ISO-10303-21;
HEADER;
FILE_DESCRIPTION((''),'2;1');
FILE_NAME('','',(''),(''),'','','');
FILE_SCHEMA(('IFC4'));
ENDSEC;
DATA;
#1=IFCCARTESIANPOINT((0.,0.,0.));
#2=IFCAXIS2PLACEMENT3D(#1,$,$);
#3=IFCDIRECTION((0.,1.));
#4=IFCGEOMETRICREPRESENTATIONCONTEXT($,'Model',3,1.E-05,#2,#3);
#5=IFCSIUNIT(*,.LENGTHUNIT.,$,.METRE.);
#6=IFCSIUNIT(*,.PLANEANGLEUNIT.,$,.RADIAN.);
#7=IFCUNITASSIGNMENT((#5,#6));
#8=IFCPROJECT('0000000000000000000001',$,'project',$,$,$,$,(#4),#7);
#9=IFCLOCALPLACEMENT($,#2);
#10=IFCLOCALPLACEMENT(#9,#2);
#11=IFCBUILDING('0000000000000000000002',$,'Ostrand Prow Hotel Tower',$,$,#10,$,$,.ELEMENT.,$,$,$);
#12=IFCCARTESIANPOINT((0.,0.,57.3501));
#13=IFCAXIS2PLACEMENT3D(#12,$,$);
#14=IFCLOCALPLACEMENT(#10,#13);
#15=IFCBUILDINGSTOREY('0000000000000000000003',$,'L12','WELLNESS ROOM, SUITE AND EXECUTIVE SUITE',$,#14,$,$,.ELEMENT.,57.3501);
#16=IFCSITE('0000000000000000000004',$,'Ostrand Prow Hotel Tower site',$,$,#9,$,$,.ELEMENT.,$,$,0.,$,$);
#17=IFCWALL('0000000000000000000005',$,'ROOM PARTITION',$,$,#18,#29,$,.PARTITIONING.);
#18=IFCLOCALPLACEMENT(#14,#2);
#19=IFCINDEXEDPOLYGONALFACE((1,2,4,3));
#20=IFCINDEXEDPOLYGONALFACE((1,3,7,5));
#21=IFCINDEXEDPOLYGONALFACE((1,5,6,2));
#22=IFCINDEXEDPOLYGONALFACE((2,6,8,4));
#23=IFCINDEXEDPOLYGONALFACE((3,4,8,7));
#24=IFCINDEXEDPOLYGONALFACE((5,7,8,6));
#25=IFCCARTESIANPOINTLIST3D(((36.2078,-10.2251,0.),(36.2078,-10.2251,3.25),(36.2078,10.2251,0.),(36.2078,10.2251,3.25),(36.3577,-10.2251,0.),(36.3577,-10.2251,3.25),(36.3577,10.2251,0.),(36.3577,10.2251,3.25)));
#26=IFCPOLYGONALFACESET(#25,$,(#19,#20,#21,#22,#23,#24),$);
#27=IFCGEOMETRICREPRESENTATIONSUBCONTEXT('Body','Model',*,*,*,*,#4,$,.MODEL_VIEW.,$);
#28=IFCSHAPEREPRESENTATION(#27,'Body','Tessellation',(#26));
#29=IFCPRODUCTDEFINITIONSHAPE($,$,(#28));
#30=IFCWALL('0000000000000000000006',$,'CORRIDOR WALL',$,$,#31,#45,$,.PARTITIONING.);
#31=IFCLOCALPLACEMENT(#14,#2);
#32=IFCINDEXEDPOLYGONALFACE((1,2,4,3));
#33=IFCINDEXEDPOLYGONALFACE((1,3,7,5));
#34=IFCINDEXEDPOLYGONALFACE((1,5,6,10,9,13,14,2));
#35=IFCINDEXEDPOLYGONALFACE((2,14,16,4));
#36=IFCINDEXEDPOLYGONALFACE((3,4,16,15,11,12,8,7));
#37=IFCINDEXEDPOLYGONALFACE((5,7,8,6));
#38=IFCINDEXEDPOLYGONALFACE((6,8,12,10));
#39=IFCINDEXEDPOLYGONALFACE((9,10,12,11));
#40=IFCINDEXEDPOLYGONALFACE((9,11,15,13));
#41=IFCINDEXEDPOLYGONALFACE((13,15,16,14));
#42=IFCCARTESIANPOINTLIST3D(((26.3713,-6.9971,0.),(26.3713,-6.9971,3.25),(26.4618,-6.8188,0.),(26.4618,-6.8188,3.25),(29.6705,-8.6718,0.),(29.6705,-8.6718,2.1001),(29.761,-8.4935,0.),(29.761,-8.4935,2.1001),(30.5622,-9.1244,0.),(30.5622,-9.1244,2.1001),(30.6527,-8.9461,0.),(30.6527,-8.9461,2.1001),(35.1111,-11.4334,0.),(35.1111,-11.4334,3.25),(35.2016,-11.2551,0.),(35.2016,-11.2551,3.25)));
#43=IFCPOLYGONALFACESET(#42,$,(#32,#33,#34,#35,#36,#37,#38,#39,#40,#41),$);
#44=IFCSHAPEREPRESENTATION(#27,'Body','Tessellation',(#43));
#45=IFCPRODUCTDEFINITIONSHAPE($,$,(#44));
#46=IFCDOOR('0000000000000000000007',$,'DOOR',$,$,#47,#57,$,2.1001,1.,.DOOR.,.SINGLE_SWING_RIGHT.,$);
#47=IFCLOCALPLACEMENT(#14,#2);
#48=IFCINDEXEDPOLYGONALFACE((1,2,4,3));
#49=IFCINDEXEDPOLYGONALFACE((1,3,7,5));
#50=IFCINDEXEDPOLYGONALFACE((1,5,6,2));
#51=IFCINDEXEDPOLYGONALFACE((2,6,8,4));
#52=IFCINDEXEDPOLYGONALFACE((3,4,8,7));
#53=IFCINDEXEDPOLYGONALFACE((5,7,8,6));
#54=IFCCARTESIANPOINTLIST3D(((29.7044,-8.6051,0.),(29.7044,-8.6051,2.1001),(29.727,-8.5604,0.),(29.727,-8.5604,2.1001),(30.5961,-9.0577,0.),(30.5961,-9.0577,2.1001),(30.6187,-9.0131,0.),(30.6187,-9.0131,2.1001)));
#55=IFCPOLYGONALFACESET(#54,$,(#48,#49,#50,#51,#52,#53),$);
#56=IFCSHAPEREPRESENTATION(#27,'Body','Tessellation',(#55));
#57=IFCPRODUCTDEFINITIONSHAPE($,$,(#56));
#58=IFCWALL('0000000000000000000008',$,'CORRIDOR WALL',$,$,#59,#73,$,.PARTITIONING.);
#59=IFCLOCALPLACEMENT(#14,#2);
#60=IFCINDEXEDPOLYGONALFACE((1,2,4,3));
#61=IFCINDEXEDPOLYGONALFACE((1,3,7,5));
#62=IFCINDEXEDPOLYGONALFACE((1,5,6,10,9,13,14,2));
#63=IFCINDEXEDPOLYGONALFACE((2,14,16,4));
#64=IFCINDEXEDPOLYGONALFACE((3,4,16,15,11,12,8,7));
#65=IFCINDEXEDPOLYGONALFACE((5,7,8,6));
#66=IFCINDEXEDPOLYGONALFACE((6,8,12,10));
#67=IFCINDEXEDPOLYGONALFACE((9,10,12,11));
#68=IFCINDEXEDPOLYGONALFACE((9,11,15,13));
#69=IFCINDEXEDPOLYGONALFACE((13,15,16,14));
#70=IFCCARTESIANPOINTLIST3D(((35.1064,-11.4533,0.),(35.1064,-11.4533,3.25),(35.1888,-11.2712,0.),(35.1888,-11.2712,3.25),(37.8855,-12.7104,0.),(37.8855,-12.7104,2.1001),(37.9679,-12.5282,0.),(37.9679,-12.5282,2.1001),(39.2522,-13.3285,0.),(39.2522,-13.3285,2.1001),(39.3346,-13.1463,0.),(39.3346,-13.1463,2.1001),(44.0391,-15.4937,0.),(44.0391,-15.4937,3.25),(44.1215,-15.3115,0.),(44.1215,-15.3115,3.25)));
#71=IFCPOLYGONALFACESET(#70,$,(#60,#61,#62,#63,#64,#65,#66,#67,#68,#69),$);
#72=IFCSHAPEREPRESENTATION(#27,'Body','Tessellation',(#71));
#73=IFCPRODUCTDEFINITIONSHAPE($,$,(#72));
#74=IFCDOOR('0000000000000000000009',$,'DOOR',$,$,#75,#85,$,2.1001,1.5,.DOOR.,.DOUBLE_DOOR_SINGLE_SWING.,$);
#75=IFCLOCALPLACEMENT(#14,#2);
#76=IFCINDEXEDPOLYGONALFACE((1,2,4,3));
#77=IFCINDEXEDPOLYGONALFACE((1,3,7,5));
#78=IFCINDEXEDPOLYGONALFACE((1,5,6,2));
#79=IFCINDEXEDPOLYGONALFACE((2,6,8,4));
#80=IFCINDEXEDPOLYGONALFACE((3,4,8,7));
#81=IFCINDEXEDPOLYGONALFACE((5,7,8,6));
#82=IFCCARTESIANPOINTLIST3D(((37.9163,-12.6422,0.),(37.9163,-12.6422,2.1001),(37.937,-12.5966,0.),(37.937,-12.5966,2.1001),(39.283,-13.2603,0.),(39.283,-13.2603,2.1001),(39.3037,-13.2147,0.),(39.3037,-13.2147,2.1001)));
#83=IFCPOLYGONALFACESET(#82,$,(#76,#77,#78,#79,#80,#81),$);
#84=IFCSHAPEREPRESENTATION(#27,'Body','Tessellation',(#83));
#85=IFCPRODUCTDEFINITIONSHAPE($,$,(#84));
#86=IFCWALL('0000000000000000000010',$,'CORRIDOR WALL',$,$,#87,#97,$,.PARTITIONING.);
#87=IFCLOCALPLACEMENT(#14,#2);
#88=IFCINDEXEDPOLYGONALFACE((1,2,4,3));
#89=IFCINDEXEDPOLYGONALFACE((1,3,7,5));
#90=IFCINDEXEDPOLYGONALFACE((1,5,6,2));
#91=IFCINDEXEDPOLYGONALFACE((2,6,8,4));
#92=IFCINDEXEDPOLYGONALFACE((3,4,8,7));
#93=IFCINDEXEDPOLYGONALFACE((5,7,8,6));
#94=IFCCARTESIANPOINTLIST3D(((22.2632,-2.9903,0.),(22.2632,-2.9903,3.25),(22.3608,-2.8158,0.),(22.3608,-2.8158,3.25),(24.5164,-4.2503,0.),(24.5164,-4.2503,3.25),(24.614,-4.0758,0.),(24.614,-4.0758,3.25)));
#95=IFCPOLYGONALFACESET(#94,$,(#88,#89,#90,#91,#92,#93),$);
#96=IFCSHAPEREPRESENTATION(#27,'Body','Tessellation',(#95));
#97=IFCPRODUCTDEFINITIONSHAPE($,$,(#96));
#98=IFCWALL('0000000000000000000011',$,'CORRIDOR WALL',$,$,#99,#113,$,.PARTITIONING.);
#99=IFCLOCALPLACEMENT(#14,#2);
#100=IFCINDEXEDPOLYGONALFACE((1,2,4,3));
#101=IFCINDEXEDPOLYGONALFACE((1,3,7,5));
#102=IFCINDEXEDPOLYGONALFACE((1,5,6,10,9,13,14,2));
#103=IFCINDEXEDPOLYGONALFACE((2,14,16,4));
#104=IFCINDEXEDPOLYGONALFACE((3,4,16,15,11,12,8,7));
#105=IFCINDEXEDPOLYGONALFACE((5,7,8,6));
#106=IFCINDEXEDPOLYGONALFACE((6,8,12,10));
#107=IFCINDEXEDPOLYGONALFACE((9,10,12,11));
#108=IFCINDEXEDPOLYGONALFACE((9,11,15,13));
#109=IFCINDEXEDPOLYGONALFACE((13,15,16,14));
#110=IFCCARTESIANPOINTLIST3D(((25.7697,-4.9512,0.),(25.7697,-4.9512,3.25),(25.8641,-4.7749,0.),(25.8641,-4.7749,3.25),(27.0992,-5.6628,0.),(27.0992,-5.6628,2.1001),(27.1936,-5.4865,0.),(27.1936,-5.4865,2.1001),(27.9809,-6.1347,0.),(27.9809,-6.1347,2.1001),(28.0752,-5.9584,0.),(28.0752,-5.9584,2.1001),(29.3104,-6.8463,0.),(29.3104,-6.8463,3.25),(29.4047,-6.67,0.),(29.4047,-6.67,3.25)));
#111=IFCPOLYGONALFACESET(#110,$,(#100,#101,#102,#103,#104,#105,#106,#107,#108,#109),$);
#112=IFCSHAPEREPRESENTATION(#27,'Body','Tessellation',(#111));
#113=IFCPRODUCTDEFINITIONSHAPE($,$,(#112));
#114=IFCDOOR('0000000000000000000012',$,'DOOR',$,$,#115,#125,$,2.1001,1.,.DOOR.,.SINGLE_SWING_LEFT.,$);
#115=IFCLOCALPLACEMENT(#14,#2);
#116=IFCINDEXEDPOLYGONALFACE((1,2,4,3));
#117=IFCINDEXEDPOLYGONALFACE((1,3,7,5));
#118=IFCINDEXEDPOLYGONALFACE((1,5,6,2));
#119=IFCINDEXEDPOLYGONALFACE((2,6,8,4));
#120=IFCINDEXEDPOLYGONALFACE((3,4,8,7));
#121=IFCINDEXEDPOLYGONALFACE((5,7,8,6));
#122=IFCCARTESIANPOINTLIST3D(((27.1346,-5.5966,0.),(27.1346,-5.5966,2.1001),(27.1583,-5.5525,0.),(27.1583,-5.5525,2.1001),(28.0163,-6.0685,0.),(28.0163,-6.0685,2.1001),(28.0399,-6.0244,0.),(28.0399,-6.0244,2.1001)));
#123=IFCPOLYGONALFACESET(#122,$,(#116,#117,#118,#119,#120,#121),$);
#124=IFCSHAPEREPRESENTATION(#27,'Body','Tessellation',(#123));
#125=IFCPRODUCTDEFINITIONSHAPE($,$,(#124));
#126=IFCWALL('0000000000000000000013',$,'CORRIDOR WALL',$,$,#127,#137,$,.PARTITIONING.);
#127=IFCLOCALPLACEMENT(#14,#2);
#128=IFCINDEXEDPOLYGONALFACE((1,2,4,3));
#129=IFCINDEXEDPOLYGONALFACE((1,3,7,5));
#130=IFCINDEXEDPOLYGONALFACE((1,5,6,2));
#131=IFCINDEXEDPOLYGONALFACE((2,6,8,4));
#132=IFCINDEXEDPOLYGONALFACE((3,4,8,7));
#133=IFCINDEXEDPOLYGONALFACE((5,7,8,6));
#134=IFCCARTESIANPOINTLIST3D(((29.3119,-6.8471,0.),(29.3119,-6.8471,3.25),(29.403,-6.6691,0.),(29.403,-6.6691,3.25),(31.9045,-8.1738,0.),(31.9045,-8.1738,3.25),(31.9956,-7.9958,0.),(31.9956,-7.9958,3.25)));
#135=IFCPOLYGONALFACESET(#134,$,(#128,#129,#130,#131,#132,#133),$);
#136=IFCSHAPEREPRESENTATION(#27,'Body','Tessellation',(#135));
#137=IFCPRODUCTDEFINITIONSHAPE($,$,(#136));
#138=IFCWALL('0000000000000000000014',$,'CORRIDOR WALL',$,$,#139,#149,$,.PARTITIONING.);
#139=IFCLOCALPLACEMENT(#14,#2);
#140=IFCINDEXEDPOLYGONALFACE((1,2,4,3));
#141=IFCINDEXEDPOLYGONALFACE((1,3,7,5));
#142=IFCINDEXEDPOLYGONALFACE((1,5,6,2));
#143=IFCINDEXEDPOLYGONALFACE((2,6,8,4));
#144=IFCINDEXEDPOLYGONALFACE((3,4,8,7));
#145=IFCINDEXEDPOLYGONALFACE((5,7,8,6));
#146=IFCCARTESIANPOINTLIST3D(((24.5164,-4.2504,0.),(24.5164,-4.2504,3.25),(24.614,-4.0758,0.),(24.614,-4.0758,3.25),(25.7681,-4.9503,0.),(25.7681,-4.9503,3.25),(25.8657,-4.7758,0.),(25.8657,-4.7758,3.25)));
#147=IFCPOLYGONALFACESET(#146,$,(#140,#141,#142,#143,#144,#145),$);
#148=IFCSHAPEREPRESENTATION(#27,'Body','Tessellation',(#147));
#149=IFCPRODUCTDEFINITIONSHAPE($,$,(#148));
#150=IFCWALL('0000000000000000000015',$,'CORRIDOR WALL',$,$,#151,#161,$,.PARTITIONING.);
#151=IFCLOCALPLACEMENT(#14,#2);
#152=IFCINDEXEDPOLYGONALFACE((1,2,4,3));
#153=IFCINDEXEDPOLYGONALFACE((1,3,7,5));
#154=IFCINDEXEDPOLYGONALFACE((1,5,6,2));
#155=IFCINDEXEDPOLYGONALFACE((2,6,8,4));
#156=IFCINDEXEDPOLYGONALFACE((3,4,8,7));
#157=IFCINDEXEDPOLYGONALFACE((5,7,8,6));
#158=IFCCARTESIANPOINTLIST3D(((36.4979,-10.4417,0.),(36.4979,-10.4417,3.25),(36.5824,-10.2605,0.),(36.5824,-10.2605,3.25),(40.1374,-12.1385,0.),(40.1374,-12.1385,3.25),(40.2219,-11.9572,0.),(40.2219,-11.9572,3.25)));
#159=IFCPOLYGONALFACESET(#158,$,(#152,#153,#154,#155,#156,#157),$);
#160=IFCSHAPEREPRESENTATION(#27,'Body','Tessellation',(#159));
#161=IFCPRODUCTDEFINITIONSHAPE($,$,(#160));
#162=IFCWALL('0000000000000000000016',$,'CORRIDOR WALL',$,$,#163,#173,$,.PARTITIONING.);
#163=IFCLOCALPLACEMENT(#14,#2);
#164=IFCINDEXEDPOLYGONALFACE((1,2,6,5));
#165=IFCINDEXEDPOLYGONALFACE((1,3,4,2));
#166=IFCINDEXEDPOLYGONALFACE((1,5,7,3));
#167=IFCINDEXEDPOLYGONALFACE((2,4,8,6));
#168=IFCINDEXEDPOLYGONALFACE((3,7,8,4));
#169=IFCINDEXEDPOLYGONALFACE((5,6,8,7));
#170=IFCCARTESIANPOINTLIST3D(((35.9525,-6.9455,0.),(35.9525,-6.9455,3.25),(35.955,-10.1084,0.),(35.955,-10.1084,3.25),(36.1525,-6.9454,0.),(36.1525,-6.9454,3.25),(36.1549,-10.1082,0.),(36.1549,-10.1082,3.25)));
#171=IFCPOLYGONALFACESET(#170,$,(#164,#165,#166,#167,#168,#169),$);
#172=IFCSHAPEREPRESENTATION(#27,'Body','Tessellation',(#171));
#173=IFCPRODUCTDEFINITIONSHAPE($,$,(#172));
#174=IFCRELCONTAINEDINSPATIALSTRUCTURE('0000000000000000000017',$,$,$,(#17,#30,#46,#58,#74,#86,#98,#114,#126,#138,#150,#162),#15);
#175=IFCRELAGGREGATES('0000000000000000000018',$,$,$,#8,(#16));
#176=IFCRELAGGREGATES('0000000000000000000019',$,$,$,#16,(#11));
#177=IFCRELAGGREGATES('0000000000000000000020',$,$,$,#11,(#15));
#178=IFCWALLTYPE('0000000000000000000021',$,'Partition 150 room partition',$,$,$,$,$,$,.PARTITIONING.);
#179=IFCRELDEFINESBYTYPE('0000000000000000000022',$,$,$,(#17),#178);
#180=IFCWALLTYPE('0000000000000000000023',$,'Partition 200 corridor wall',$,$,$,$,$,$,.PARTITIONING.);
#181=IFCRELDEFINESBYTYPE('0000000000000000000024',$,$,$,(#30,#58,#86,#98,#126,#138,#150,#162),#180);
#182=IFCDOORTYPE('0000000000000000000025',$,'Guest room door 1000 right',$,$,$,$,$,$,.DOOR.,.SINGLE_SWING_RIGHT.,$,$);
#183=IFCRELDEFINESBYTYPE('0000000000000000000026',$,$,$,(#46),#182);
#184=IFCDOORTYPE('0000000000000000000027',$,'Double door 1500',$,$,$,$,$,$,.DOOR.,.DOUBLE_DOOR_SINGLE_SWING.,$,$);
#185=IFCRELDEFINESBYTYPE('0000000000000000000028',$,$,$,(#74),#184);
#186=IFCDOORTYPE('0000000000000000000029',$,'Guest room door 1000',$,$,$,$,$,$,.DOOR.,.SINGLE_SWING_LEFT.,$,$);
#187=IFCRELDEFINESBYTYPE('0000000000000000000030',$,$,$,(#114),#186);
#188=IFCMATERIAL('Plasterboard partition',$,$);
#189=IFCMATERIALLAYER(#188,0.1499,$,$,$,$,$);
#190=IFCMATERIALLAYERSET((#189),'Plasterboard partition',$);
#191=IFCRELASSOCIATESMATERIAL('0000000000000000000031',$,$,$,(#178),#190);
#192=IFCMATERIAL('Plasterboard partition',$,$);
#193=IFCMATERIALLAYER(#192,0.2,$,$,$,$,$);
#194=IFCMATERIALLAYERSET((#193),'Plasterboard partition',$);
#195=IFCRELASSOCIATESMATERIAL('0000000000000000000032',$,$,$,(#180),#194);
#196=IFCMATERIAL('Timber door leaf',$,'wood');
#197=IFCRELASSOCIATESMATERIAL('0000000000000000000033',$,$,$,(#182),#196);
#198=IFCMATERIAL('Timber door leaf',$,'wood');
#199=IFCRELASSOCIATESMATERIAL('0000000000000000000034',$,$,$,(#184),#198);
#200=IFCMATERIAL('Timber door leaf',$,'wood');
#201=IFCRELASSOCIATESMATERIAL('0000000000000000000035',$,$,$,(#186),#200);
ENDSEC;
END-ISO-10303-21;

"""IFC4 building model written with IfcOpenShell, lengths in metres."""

from ifc_helpers import new_model, si_unit, direction, frame, frame_2d, origin, place, context, subcontext, project, spatial, rectangle, extrude, material, layer, layer_set, type_object, element, fill, save


model = new_model("IFC4")

# Units and contexts
model_context = context("Model", 3, precision=1e-05, world=origin(), true_north=direction((0.0, 1.0)))
body_context = subcontext(model_context, "Body", "Model", "MODEL_VIEW")
ifc_project = project(units=[si_unit("LENGTHUNIT", "METRE"), si_unit("PLANEANGLEUNIT", "RADIAN")], contexts=[model_context])

# Site, building, storey
site_placement = place(None, origin())
site = spatial("IfcSite", under=ifc_project, at=site_placement, Name="Ostrand Prow Hotel Tower site", CompositionType="ELEMENT", RefElevation=0.0)
building_placement = place(site_placement, origin())
building = spatial("IfcBuilding", under=site, at=building_placement, Name="Ostrand Prow Hotel Tower", CompositionType="ELEMENT")
storey_placement = place(building_placement, frame((0.0, 0.0, 57.3501)))
storey = spatial("IfcBuildingStorey", under=building, at=storey_placement, Name="L12", Description="WELLNESS ROOM, SUITE AND EXECUTIVE SUITE", CompositionType="ELEMENT", Elevation=57.3501)

# Wall
ifc_material_1 = material(Name="Plasterboard partition")
ifc_layer_1 = layer(ifc_material_1, 0.1499)
ifc_layer_set_1 = layer_set([ifc_layer_1], Name="Plasterboard partition")
wall_type_1 = type_object("IfcWallType", Name="Partition 150 room partition", PredefinedType="PARTITIONING", material=ifc_layer_set_1)
wall_1_placement = place(storey_placement, frame((36.2827, -10.2251, 0.0), z_axis=(0.0, 0.0, 1.0), x_axis=(0.0, 1.0, 0.0)))
element("IfcWall", 1, at=wall_1_placement, inside=storey, type_object=wall_type_1, Name="ROOM PARTITION", PredefinedType="PARTITIONING", context=body_context, shape_type="SweptSolid", body=[
    extrude(rectangle(XDim=20.4502, YDim=0.1499, at=frame_2d((10.2251, 0.0))), origin(), (0.0, 0.0, 1.0), 3.25),
])

# Walls, openings, doors
ifc_material_2 = material(Name="Plasterboard partition")
ifc_layer_2 = layer(ifc_material_2, 0.2)
ifc_layer_set_2 = layer_set([ifc_layer_2], Name="Plasterboard partition")
wall_type_2 = type_object("IfcWallType", Name="Partition 200 corridor wall", PredefinedType="PARTITIONING", material=ifc_layer_set_2)
wall_2_placement = place(storey_placement, frame((26.4165, -6.908, 0.0), z_axis=(0.0, 0.0, 1.0), x_axis=(0.891701, -0.452626, 0.0)))
wall_2 = element("IfcWall", 2, at=wall_2_placement, inside=storey, type_object=wall_type_2, Name="CORRIDOR WALL", PredefinedType="PARTITIONING", context=body_context, shape_type="SweptSolid", body=[
    extrude(rectangle(XDim=9.8013, YDim=0.2, at=frame_2d((4.9006, 0.0))), origin(), (0.0, 0.0, 1.0), 3.25),
])
opening_1_placement = place(wall_2_placement, frame((3.7, 0.0, 0.0)))
opening_1 = element("IfcOpeningElement", 3, at=opening_1_placement, cuts=wall_2, PredefinedType="OPENING", context=body_context, shape_type="SweptSolid", body=[
    extrude(rectangle(XDim=1.0, YDim=2.1001, at=frame_2d((0.5, 1.05))), frame((0.0, 0.1099, 0.0), z_axis=(0.0, -1.0, 0.0), x_axis=(1.0, 0.0, 0.0)), (0.0, 0.0, 1.0), 0.22),
])
ifc_material_3 = material(Name="Timber door leaf", Category="wood")
door_type_1 = type_object("IfcDoorType", Name="Guest room door 1000 right", OperationType="SINGLE_SWING_RIGHT", PredefinedType="DOOR", material=ifc_material_3)
door_1_placement = place(opening_1_placement, origin())
door_1 = element("IfcDoor", 4, at=door_1_placement, inside=storey, type_object=door_type_1, Name="DOOR", OperationType="SINGLE_SWING_RIGHT", OverallHeight=2.1001, OverallWidth=1.0, PredefinedType="DOOR", context=body_context, shape_type="SweptSolid", body=[
    extrude(rectangle(XDim=1.0, YDim=2.1001, at=frame_2d((0.5, 1.05))), frame((0.0, 0.0249, 0.0), z_axis=(0.0, -1.0, 0.0), x_axis=(1.0, 0.0, 0.0)), (0.0, 0.0, 1.0), 0.05),
])
fill(opening_1, door_1)
wall_3_placement = place(storey_placement, frame((35.1477, -11.3623, 0.0), z_axis=(0.0, 0.0, 1.0), x_axis=(0.911133, -0.412112, 0.0)))
wall_3 = element("IfcWall", 5, at=wall_3_placement, inside=storey, type_object=wall_type_2, Name="CORRIDOR WALL", PredefinedType="PARTITIONING", context=body_context, shape_type="SweptSolid", body=[
    extrude(rectangle(XDim=9.804, YDim=0.2, at=frame_2d((4.9019, 0.0))), origin(), (0.0, 0.0, 1.0), 3.25),
])
opening_2_placement = place(wall_3_placement, frame((3.05, 0.0, 0.0)))
opening_2 = element("IfcOpeningElement", 6, at=opening_2_placement, cuts=wall_3, PredefinedType="OPENING", context=body_context, shape_type="SweptSolid", body=[
    extrude(rectangle(XDim=1.5, YDim=2.1001, at=frame_2d((0.75, 1.05))), frame((0.0, 0.1099, 0.0), z_axis=(0.0, -1.0, 0.0), x_axis=(1.0, 0.0, 0.0)), (0.0, 0.0, 1.0), 0.22),
])
ifc_material_4 = material(Name="Timber door leaf", Category="wood")
door_type_2 = type_object("IfcDoorType", Name="Double door 1500", OperationType="DOUBLE_DOOR_SINGLE_SWING", PredefinedType="DOOR", material=ifc_material_4)
door_2_placement = place(opening_2_placement, origin())
door_2 = element("IfcDoor", 7, at=door_2_placement, inside=storey, type_object=door_type_2, Name="DOOR", OperationType="DOUBLE_DOOR_SINGLE_SWING", OverallHeight=2.1001, OverallWidth=1.5, PredefinedType="DOOR", context=body_context, shape_type="SweptSolid", body=[
    extrude(rectangle(XDim=1.5, YDim=2.1001, at=frame_2d((0.75, 1.05))), frame((0.0, 0.0249, 0.0), z_axis=(0.0, -1.0, 0.0), x_axis=(1.0, 0.0, 0.0)), (0.0, 0.0, 1.0), 0.05),
])
fill(opening_2, door_2)

# Wall
wall_4_placement = place(storey_placement, frame((24.5652, -4.1631, 0.0), z_axis=(0.0, 0.0, 1.0), x_axis=(-0.872798, 0.488082, 0.0)))
element("IfcWall", 8, at=wall_4_placement, inside=storey, type_object=wall_type_2, Name="CORRIDOR WALL", PredefinedType="PARTITIONING", context=body_context, shape_type="SweptSolid", body=[
    extrude(rectangle(XDim=2.5815, YDim=0.2, at=frame_2d((1.2908, 0.0))), origin(), (0.0, 0.0, 1.0), 3.25),
])

# Wall, opening, door
wall_5_placement = place(storey_placement, frame((29.3574, -6.7581, 0.0), z_axis=(0.0, 0.0, 1.0), x_axis=(-0.881655, 0.471894, 0.0)))
wall_5 = element("IfcWall", 9, at=wall_5_placement, inside=storey, type_object=wall_type_2, Name="CORRIDOR WALL", PredefinedType="PARTITIONING", context=body_context, shape_type="SweptSolid", body=[
    extrude(rectangle(XDim=4.0159, YDim=0.2, at=frame_2d((2.0078, 0.0))), origin(), (0.0, 0.0, 1.0), 3.25),
])
opening_3_placement = place(wall_5_placement, frame((1.5078, 0.0, 0.0)))
opening_3 = element("IfcOpeningElement", 10, at=opening_3_placement, cuts=wall_5, PredefinedType="OPENING", context=body_context, shape_type="SweptSolid", body=[
    extrude(rectangle(XDim=1.0, YDim=2.1001, at=frame_2d((0.5, 1.05))), frame((0.0, 0.1099, 0.0), z_axis=(0.0, -1.0, 0.0), x_axis=(1.0, 0.0, 0.0)), (0.0, 0.0, 1.0), 0.22),
])
ifc_material_5 = material(Name="Timber door leaf", Category="wood")
door_type_3 = type_object("IfcDoorType", Name="Guest room door 1000", OperationType="SINGLE_SWING_LEFT", PredefinedType="DOOR", material=ifc_material_5)
door_3_placement = place(opening_3_placement, origin())
door_3 = element("IfcDoor", 11, at=door_3_placement, inside=storey, type_object=door_type_3, Name="DOOR", OperationType="SINGLE_SWING_LEFT", OverallHeight=2.1001, OverallWidth=1.0, PredefinedType="DOOR", context=body_context, shape_type="SweptSolid", body=[
    extrude(rectangle(XDim=1.0, YDim=2.1001, at=frame_2d((0.5, 1.05))), frame((0.0, 0.0249, 0.0), z_axis=(0.0, -1.0, 0.0), x_axis=(1.0, 0.0, 0.0)), (0.0, 0.0, 1.0), 0.05),
])
fill(opening_3, door_3)

# Walls
wall_6_placement = place(storey_placement, frame((31.95, -8.0847, 0.0), z_axis=(0.0, 0.0, 1.0), x_axis=(-0.890213, 0.455544, 0.0)))
element("IfcWall", 12, at=wall_6_placement, inside=storey, type_object=wall_type_2, Name="CORRIDOR WALL", PredefinedType="PARTITIONING", context=body_context, shape_type="SweptSolid", body=[
    extrude(rectangle(XDim=2.9124, YDim=0.2, at=frame_2d((1.4561, 0.0))), origin(), (0.0, 0.0, 1.0), 3.25),
])
wall_7_placement = place(storey_placement, frame((25.8169, -4.863, 0.0), z_axis=(0.0, 0.0, 1.0), x_axis=(-0.872805, 0.488069, 0.0)))
element("IfcWall", 13, at=wall_7_placement, inside=storey, type_object=wall_type_2, Name="CORRIDOR WALL", PredefinedType="PARTITIONING", context=body_context, shape_type="SweptSolid", body=[
    extrude(rectangle(XDim=1.4341, YDim=0.2, at=frame_2d((0.717, 0.0))), origin(), (0.0, 0.0, 1.0), 3.25),
])
wall_8_placement = place(storey_placement, frame((40.1797, -12.0479, 0.0), z_axis=(0.0, 0.0, 1.0), x_axis=(-0.906348, 0.422533, 0.0)))
element("IfcWall", 14, at=wall_8_placement, inside=storey, type_object=wall_type_2, Name="CORRIDOR WALL", PredefinedType="PARTITIONING", context=body_context, shape_type="SweptSolid", body=[
    extrude(rectangle(XDim=4.0156, YDim=0.2, at=frame_2d((2.0078, 0.0))), origin(), (0.0, 0.0, 1.0), 3.25),
])
wall_9_placement = place(storey_placement, frame((36.0549, -10.1084, 0.0), z_axis=(0.0, 0.0, 1.0), x_axis=(-0.000772, 1.0, 0.0)))
element("IfcWall", 15, at=wall_9_placement, inside=storey, type_object=wall_type_2, Name="CORRIDOR WALL", PredefinedType="PARTITIONING", context=body_context, shape_type="SweptSolid", body=[
    extrude(rectangle(XDim=3.1628, YDim=0.2, at=frame_2d((1.5815, 0.0))), origin(), (0.0, 0.0, 1.0), 3.25),
])

save(model, "model.ifc")
